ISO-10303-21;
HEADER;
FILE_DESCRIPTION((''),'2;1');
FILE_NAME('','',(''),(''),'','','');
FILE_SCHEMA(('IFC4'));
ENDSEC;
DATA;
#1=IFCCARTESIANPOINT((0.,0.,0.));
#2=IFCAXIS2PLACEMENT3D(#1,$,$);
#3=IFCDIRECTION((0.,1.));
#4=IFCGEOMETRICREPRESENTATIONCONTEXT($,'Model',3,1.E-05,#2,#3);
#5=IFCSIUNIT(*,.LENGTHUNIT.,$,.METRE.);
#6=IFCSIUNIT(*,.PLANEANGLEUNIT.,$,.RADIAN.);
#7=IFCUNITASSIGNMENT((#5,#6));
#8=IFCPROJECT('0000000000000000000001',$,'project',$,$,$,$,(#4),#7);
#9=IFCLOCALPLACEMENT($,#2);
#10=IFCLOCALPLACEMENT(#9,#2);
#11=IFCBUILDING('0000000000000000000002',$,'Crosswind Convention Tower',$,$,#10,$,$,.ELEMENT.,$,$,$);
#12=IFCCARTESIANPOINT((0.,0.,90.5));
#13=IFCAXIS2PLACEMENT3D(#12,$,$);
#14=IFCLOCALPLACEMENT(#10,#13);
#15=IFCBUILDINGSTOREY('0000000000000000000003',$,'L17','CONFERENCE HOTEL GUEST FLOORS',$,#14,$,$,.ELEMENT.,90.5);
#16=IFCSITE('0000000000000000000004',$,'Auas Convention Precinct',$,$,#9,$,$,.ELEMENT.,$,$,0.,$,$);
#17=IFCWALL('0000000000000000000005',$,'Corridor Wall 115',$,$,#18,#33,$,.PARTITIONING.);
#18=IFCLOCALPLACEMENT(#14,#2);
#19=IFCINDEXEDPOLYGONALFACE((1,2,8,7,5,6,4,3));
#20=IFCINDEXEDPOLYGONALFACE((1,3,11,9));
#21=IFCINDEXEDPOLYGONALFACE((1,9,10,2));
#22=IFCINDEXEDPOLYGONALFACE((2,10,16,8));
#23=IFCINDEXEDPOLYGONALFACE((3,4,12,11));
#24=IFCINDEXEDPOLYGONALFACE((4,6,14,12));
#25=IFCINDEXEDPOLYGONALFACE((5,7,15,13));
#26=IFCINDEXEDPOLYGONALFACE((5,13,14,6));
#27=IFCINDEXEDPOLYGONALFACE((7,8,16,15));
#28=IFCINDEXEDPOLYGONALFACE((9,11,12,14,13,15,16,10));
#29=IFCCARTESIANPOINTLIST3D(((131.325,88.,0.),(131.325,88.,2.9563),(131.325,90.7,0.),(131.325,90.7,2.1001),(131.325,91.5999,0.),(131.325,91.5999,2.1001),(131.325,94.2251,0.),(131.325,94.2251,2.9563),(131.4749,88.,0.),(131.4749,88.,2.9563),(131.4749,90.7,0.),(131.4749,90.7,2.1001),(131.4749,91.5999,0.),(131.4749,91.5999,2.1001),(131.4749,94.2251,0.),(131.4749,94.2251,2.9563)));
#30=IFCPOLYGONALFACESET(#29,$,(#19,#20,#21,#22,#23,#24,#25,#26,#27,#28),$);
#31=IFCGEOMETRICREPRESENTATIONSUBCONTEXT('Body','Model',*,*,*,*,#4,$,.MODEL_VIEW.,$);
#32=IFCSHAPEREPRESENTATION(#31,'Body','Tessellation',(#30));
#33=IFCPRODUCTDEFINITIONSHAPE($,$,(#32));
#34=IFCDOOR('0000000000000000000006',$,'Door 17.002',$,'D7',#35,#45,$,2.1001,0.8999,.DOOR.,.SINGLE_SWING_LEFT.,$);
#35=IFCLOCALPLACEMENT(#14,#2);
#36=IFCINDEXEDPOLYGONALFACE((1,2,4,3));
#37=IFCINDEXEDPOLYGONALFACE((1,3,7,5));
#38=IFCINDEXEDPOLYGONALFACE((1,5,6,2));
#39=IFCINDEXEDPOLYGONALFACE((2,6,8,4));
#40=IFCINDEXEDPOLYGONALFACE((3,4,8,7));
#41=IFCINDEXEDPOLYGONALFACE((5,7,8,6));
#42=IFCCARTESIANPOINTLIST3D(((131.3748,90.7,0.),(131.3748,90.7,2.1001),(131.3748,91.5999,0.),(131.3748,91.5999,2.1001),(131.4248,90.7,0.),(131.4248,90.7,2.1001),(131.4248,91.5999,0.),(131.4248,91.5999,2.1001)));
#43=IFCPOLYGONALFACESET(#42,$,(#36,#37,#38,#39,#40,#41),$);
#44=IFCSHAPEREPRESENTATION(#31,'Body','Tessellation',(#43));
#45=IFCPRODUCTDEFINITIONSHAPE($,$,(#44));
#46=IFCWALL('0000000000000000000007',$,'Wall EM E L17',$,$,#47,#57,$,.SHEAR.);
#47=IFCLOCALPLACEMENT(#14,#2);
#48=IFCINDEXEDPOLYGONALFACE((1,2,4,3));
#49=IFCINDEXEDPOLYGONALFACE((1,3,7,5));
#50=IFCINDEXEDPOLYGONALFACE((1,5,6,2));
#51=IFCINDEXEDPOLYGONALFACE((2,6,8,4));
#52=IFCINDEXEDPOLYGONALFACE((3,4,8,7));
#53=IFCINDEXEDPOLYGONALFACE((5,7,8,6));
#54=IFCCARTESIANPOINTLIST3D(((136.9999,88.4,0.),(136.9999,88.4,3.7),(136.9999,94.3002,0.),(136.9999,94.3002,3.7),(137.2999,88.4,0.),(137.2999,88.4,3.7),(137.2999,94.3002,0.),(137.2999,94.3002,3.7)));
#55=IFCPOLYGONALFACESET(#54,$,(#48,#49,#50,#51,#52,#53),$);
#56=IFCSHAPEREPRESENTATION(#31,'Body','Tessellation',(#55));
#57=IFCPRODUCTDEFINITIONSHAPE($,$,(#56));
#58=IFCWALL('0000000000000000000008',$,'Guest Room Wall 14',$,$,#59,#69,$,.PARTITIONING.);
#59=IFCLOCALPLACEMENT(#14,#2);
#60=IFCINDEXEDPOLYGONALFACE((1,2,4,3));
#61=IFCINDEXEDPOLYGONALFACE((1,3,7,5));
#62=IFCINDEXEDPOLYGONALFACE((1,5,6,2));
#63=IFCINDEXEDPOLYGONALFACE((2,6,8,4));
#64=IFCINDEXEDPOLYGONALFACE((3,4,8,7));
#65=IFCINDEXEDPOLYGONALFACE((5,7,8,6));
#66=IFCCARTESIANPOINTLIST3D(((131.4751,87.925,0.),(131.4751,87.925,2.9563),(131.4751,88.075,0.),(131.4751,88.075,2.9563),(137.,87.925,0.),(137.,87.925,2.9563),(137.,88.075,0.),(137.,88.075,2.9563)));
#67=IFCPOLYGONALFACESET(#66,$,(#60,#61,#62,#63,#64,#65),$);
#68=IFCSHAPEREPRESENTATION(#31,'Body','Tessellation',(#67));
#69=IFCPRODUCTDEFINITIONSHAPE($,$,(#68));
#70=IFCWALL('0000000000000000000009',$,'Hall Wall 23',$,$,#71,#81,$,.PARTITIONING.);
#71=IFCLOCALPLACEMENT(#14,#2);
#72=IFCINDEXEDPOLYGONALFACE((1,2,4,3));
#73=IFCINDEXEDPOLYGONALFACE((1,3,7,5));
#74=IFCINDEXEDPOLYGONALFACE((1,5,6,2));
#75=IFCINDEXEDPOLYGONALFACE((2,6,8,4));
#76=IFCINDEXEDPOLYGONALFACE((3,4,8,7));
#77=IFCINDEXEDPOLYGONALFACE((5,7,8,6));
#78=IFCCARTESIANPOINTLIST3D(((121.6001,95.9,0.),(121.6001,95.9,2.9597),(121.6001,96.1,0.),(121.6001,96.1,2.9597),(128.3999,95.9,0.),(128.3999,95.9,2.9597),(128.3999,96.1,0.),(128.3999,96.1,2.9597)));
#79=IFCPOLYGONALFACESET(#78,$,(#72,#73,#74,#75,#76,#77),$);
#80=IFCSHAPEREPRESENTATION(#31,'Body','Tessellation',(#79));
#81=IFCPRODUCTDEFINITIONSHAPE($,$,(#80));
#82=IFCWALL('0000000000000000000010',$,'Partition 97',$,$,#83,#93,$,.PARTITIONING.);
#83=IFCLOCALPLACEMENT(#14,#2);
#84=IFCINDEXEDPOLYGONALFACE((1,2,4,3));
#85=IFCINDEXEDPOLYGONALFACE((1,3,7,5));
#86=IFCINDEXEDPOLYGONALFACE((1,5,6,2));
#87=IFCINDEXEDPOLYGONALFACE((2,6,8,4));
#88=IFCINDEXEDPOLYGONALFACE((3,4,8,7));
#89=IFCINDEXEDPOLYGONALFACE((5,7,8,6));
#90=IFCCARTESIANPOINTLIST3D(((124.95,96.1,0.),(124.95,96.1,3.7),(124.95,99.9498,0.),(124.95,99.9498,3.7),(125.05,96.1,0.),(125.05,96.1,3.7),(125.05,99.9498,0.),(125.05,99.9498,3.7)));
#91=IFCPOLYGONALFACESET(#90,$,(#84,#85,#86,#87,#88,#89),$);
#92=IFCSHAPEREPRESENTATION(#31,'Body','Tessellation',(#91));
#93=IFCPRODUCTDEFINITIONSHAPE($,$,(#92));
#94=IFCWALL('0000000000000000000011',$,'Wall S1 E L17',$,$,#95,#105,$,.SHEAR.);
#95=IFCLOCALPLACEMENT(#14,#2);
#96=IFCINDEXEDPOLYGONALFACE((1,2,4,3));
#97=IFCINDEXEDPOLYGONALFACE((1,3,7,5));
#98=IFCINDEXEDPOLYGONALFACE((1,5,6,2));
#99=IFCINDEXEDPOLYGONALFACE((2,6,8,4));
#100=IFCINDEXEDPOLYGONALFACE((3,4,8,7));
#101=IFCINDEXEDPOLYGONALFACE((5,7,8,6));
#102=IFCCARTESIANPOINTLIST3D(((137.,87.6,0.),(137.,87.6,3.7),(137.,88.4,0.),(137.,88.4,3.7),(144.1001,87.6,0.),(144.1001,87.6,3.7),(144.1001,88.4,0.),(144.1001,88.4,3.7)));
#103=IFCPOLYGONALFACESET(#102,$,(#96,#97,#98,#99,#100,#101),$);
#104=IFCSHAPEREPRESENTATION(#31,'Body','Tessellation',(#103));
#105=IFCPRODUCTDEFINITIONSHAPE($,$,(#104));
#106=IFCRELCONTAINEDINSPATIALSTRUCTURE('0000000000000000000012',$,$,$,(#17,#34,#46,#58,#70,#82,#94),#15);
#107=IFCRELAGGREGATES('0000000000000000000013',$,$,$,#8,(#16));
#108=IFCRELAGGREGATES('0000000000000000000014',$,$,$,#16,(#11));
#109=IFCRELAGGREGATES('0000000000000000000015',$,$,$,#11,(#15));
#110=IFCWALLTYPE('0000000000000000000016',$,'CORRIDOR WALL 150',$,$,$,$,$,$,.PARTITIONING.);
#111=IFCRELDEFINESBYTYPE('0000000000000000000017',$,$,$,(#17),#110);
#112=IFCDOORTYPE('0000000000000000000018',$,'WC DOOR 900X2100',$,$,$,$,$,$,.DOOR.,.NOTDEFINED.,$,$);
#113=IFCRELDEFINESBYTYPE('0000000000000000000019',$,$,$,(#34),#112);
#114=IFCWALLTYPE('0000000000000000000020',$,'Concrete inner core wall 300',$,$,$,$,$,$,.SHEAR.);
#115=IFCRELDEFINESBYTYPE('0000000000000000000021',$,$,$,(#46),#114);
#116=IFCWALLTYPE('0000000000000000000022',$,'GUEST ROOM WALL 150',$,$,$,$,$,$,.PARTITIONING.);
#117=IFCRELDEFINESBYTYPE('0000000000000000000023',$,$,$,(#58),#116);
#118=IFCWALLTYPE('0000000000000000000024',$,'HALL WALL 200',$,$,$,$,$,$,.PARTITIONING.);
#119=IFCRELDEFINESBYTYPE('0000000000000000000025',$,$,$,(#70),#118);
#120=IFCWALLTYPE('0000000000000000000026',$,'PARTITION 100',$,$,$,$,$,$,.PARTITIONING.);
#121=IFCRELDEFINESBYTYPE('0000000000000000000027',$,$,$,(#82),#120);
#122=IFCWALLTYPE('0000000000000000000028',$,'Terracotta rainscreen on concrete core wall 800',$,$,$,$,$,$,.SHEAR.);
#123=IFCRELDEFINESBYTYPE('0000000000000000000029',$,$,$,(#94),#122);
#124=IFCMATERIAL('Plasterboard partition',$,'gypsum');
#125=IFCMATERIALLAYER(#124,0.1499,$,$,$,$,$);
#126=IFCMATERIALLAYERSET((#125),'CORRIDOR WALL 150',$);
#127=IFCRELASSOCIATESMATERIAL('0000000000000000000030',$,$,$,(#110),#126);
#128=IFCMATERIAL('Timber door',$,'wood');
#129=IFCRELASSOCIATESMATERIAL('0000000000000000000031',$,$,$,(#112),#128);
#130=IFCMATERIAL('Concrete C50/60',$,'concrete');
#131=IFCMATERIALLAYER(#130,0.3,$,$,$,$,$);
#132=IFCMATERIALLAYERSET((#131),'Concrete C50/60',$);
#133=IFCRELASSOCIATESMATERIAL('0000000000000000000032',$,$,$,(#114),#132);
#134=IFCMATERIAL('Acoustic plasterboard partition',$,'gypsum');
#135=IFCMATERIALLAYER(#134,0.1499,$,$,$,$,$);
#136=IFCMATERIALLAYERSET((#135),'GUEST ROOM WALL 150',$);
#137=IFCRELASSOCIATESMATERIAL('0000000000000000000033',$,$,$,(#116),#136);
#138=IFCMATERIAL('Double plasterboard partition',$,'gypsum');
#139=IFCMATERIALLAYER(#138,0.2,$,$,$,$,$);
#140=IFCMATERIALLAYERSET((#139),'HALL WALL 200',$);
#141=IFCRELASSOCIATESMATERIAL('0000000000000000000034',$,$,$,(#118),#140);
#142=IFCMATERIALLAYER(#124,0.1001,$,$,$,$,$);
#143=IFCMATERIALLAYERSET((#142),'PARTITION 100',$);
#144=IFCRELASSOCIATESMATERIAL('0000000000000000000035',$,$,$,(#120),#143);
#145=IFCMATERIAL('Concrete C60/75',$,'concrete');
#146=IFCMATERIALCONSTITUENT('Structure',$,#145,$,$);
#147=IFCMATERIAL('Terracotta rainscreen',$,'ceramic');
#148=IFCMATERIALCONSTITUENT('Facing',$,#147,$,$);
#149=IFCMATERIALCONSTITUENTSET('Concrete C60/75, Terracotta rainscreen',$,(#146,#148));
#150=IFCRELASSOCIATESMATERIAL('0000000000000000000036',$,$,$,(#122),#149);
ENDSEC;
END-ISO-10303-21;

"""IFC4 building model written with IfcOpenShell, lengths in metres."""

from ifc_helpers import new_model, si_unit, direction, frame, frame_2d, origin, place, context, subcontext, project, spatial, rectangle, extrude, material, layer, layer_set, constituent, constituent_set, type_object, element, fill, save


model = new_model("IFC4")

# Units and contexts
model_context = context("Model", 3, precision=1e-05, world=origin(), true_north=direction((0.0, 1.0)))
body_context = subcontext(model_context, "Body", "Model", "MODEL_VIEW")
ifc_project = project(units=[si_unit("LENGTHUNIT", "METRE"), si_unit("PLANEANGLEUNIT", "RADIAN")], contexts=[model_context])

# Site, building, storey
site_placement = place(None, origin())
site = spatial("IfcSite", under=ifc_project, at=site_placement, Name="Auas Convention Precinct", CompositionType="ELEMENT", RefElevation=0.0)
building_placement = place(site_placement, origin())
building = spatial("IfcBuilding", under=site, at=building_placement, Name="Crosswind Convention Tower", CompositionType="ELEMENT")
storey_placement = place(building_placement, frame((0.0, 0.0, 90.5)))
storey = spatial("IfcBuildingStorey", under=building, at=storey_placement, Name="L17", Description="CONFERENCE HOTEL GUEST FLOORS", CompositionType="ELEMENT", Elevation=90.5)

# Shared definitions
ifc_material_1 = material(Name="Plasterboard partition", Category="gypsum")
ifc_layer_1 = layer(ifc_material_1, 0.1499)
ifc_layer_set_1 = layer_set([ifc_layer_1], Name="CORRIDOR WALL 150")
wall_type_1 = type_object("IfcWallType", Name="CORRIDOR WALL 150", PredefinedType="PARTITIONING", material=ifc_layer_set_1)

# Wall, opening, door
wall_1_placement = place(storey_placement, frame((131.3999, 88.0, 0.0), z_axis=(0.0, 0.0, 1.0), x_axis=(0.0, 1.0, 0.0)))
wall_1 = element("IfcWall", 1, at=wall_1_placement, inside=storey, type_object=wall_type_1, Name="Corridor Wall 115", PredefinedType="PARTITIONING", context=body_context, shape_type="SweptSolid", body=[
    extrude(rectangle(XDim=6.2251, YDim=0.1499, at=frame_2d((3.1125, 0.0))), origin(), (0.0, 0.0, 1.0), 2.9563),
])
opening_1_placement = place(wall_1_placement, frame((2.7, 0.0, 0.0)))
opening_1 = element("IfcOpeningElement", 2, at=opening_1_placement, cuts=wall_1, PredefinedType="OPENING", context=body_context, shape_type="SweptSolid", body=[
    extrude(rectangle(XDim=0.8999, YDim=2.1001, at=frame_2d((0.45, 1.05))), frame((0.0, 0.085, 0.0), z_axis=(0.0, -1.0, 0.0), x_axis=(1.0, 0.0, 0.0)), (0.0, 0.0, 1.0), 0.1699),
])
ifc_material_2 = material(Name="Timber door", Category="wood")
door_type_1 = type_object("IfcDoorType", Name="WC DOOR 900X2100", OperationType="NOTDEFINED", PredefinedType="DOOR", material=ifc_material_2)
door_1_placement = place(opening_1_placement, frame((0.8999, 0.0, 0.0), z_axis=(0.0, 0.0, 1.0), x_axis=(-1.0, 0.0, 0.0)))
door_1 = element("IfcDoor", 3, at=door_1_placement, inside=storey, type_object=door_type_1, Name="Door 17.002", ObjectType="D7", OperationType="SINGLE_SWING_LEFT", OverallHeight=2.1001, OverallWidth=0.8999, PredefinedType="DOOR", context=body_context, shape_type="SweptSolid", body=[
    extrude(rectangle(XDim=0.8999, YDim=2.1001, at=frame_2d((0.45, 1.05))), frame((0.0, 0.0249, 0.0), z_axis=(0.0, -1.0, 0.0), x_axis=(1.0, 0.0, 0.0)), (0.0, 0.0, 1.0), 0.05),
])
fill(opening_1, door_1)

# Shared definitions
ifc_material_3 = material(Name="Concrete C50/60", Category="concrete")
ifc_layer_2 = layer(ifc_material_3, 0.3)
ifc_layer_set_2 = layer_set([ifc_layer_2], Name="Concrete C50/60")
wall_type_2 = type_object("IfcWallType", Name="Concrete inner core wall 300", PredefinedType="SHEAR", material=ifc_layer_set_2)

# Walls
wall_2_placement = place(storey_placement, frame((137.1499, 88.3999, 0.0), z_axis=(0.0, 0.0, 1.0), x_axis=(0.0, 1.0, 0.0)))
element("IfcWall", 4, at=wall_2_placement, inside=storey, type_object=wall_type_2, Name="Wall EM E L17", PredefinedType="SHEAR", context=body_context, shape_type="SweptSolid", body=[
    extrude(rectangle(XDim=5.9001, YDim=0.3, at=frame_2d((2.9502, 0.0))), origin(), (0.0, 0.0, 1.0), 3.7),
])
ifc_material_4 = material(Name="Acoustic plasterboard partition", Category="gypsum")
ifc_layer_3 = layer(ifc_material_4, 0.1499)
ifc_layer_set_3 = layer_set([ifc_layer_3], Name="GUEST ROOM WALL 150")
wall_type_3 = type_object("IfcWallType", Name="GUEST ROOM WALL 150", PredefinedType="PARTITIONING", material=ifc_layer_set_3)
wall_3_placement = place(storey_placement, frame((131.4751, 88.0, 0.0), z_axis=(0.0, 0.0, 1.0), x_axis=(1.0, 0.0, 0.0)))
element("IfcWall", 5, at=wall_3_placement, inside=storey, type_object=wall_type_3, Name="Guest Room Wall 14", PredefinedType="PARTITIONING", context=body_context, shape_type="SweptSolid", body=[
    extrude(rectangle(XDim=5.5249, YDim=0.1499, at=frame_2d((2.7625, 0.0))), origin(), (0.0, 0.0, 1.0), 2.9563),
])
ifc_material_5 = material(Name="Double plasterboard partition", Category="gypsum")
ifc_layer_4 = layer(ifc_material_5, 0.2)
ifc_layer_set_4 = layer_set([ifc_layer_4], Name="HALL WALL 200")
wall_type_4 = type_object("IfcWallType", Name="HALL WALL 200", PredefinedType="PARTITIONING", material=ifc_layer_set_4)
wall_4_placement = place(storey_placement, frame((121.6001, 96.0, 0.0), z_axis=(0.0, 0.0, 1.0), x_axis=(1.0, 0.0, 0.0)))
element("IfcWall", 6, at=wall_4_placement, inside=storey, type_object=wall_type_4, Name="Hall Wall 23", PredefinedType="PARTITIONING", context=body_context, shape_type="SweptSolid", body=[
    extrude(rectangle(XDim=6.7998, YDim=0.2, at=frame_2d((3.3999, 0.0))), origin(), (0.0, 0.0, 1.0), 2.9597),
])

# Walls
ifc_layer_5 = layer(ifc_material_1, 0.1001)
ifc_layer_set_5 = layer_set([ifc_layer_5], Name="PARTITION 100")
wall_type_5 = type_object("IfcWallType", Name="PARTITION 100", PredefinedType="PARTITIONING", material=ifc_layer_set_5)
wall_5_placement = place(storey_placement, frame((125.0, 96.1001, 0.0), z_axis=(0.0, 0.0, 1.0), x_axis=(0.0, 1.0, 0.0)))
element("IfcWall", 7, at=wall_5_placement, inside=storey, type_object=wall_type_5, Name="Partition 97", PredefinedType="PARTITIONING", context=body_context, shape_type="SweptSolid", body=[
    extrude(rectangle(XDim=3.8499, YDim=0.1001, at=frame_2d((1.9248, 0.0))), origin(), (0.0, 0.0, 1.0), 3.7),
])
ifc_material_6 = material(Name="Concrete C60/75", Category="concrete")
ifc_constituent_1 = constituent(ifc_material_6, Name="Structure")
ifc_material_7 = material(Name="Terracotta rainscreen", Category="ceramic")
ifc_constituent_2 = constituent(ifc_material_7, Name="Facing")
ifc_constituent_set = constituent_set(constituents=[ifc_constituent_1, ifc_constituent_2], Name="Concrete C60/75, Terracotta rainscreen")
wall_type_6 = type_object("IfcWallType", Name="Terracotta rainscreen on concrete core wall 800", PredefinedType="SHEAR", material=ifc_constituent_set)
wall_6_placement = place(storey_placement, frame((137.0, 88.0, 0.0), z_axis=(0.0, 0.0, 1.0), x_axis=(1.0, 0.0, 0.0)))
element("IfcWall", 8, at=wall_6_placement, inside=storey, type_object=wall_type_6, Name="Wall S1 E L17", PredefinedType="SHEAR", context=body_context, shape_type="SweptSolid", body=[
    extrude(rectangle(XDim=7.1001, YDim=0.8, at=frame_2d((3.55, 0.0))), origin(), (0.0, 0.0, 1.0), 3.7),
])

save(model, "model.ifc")
